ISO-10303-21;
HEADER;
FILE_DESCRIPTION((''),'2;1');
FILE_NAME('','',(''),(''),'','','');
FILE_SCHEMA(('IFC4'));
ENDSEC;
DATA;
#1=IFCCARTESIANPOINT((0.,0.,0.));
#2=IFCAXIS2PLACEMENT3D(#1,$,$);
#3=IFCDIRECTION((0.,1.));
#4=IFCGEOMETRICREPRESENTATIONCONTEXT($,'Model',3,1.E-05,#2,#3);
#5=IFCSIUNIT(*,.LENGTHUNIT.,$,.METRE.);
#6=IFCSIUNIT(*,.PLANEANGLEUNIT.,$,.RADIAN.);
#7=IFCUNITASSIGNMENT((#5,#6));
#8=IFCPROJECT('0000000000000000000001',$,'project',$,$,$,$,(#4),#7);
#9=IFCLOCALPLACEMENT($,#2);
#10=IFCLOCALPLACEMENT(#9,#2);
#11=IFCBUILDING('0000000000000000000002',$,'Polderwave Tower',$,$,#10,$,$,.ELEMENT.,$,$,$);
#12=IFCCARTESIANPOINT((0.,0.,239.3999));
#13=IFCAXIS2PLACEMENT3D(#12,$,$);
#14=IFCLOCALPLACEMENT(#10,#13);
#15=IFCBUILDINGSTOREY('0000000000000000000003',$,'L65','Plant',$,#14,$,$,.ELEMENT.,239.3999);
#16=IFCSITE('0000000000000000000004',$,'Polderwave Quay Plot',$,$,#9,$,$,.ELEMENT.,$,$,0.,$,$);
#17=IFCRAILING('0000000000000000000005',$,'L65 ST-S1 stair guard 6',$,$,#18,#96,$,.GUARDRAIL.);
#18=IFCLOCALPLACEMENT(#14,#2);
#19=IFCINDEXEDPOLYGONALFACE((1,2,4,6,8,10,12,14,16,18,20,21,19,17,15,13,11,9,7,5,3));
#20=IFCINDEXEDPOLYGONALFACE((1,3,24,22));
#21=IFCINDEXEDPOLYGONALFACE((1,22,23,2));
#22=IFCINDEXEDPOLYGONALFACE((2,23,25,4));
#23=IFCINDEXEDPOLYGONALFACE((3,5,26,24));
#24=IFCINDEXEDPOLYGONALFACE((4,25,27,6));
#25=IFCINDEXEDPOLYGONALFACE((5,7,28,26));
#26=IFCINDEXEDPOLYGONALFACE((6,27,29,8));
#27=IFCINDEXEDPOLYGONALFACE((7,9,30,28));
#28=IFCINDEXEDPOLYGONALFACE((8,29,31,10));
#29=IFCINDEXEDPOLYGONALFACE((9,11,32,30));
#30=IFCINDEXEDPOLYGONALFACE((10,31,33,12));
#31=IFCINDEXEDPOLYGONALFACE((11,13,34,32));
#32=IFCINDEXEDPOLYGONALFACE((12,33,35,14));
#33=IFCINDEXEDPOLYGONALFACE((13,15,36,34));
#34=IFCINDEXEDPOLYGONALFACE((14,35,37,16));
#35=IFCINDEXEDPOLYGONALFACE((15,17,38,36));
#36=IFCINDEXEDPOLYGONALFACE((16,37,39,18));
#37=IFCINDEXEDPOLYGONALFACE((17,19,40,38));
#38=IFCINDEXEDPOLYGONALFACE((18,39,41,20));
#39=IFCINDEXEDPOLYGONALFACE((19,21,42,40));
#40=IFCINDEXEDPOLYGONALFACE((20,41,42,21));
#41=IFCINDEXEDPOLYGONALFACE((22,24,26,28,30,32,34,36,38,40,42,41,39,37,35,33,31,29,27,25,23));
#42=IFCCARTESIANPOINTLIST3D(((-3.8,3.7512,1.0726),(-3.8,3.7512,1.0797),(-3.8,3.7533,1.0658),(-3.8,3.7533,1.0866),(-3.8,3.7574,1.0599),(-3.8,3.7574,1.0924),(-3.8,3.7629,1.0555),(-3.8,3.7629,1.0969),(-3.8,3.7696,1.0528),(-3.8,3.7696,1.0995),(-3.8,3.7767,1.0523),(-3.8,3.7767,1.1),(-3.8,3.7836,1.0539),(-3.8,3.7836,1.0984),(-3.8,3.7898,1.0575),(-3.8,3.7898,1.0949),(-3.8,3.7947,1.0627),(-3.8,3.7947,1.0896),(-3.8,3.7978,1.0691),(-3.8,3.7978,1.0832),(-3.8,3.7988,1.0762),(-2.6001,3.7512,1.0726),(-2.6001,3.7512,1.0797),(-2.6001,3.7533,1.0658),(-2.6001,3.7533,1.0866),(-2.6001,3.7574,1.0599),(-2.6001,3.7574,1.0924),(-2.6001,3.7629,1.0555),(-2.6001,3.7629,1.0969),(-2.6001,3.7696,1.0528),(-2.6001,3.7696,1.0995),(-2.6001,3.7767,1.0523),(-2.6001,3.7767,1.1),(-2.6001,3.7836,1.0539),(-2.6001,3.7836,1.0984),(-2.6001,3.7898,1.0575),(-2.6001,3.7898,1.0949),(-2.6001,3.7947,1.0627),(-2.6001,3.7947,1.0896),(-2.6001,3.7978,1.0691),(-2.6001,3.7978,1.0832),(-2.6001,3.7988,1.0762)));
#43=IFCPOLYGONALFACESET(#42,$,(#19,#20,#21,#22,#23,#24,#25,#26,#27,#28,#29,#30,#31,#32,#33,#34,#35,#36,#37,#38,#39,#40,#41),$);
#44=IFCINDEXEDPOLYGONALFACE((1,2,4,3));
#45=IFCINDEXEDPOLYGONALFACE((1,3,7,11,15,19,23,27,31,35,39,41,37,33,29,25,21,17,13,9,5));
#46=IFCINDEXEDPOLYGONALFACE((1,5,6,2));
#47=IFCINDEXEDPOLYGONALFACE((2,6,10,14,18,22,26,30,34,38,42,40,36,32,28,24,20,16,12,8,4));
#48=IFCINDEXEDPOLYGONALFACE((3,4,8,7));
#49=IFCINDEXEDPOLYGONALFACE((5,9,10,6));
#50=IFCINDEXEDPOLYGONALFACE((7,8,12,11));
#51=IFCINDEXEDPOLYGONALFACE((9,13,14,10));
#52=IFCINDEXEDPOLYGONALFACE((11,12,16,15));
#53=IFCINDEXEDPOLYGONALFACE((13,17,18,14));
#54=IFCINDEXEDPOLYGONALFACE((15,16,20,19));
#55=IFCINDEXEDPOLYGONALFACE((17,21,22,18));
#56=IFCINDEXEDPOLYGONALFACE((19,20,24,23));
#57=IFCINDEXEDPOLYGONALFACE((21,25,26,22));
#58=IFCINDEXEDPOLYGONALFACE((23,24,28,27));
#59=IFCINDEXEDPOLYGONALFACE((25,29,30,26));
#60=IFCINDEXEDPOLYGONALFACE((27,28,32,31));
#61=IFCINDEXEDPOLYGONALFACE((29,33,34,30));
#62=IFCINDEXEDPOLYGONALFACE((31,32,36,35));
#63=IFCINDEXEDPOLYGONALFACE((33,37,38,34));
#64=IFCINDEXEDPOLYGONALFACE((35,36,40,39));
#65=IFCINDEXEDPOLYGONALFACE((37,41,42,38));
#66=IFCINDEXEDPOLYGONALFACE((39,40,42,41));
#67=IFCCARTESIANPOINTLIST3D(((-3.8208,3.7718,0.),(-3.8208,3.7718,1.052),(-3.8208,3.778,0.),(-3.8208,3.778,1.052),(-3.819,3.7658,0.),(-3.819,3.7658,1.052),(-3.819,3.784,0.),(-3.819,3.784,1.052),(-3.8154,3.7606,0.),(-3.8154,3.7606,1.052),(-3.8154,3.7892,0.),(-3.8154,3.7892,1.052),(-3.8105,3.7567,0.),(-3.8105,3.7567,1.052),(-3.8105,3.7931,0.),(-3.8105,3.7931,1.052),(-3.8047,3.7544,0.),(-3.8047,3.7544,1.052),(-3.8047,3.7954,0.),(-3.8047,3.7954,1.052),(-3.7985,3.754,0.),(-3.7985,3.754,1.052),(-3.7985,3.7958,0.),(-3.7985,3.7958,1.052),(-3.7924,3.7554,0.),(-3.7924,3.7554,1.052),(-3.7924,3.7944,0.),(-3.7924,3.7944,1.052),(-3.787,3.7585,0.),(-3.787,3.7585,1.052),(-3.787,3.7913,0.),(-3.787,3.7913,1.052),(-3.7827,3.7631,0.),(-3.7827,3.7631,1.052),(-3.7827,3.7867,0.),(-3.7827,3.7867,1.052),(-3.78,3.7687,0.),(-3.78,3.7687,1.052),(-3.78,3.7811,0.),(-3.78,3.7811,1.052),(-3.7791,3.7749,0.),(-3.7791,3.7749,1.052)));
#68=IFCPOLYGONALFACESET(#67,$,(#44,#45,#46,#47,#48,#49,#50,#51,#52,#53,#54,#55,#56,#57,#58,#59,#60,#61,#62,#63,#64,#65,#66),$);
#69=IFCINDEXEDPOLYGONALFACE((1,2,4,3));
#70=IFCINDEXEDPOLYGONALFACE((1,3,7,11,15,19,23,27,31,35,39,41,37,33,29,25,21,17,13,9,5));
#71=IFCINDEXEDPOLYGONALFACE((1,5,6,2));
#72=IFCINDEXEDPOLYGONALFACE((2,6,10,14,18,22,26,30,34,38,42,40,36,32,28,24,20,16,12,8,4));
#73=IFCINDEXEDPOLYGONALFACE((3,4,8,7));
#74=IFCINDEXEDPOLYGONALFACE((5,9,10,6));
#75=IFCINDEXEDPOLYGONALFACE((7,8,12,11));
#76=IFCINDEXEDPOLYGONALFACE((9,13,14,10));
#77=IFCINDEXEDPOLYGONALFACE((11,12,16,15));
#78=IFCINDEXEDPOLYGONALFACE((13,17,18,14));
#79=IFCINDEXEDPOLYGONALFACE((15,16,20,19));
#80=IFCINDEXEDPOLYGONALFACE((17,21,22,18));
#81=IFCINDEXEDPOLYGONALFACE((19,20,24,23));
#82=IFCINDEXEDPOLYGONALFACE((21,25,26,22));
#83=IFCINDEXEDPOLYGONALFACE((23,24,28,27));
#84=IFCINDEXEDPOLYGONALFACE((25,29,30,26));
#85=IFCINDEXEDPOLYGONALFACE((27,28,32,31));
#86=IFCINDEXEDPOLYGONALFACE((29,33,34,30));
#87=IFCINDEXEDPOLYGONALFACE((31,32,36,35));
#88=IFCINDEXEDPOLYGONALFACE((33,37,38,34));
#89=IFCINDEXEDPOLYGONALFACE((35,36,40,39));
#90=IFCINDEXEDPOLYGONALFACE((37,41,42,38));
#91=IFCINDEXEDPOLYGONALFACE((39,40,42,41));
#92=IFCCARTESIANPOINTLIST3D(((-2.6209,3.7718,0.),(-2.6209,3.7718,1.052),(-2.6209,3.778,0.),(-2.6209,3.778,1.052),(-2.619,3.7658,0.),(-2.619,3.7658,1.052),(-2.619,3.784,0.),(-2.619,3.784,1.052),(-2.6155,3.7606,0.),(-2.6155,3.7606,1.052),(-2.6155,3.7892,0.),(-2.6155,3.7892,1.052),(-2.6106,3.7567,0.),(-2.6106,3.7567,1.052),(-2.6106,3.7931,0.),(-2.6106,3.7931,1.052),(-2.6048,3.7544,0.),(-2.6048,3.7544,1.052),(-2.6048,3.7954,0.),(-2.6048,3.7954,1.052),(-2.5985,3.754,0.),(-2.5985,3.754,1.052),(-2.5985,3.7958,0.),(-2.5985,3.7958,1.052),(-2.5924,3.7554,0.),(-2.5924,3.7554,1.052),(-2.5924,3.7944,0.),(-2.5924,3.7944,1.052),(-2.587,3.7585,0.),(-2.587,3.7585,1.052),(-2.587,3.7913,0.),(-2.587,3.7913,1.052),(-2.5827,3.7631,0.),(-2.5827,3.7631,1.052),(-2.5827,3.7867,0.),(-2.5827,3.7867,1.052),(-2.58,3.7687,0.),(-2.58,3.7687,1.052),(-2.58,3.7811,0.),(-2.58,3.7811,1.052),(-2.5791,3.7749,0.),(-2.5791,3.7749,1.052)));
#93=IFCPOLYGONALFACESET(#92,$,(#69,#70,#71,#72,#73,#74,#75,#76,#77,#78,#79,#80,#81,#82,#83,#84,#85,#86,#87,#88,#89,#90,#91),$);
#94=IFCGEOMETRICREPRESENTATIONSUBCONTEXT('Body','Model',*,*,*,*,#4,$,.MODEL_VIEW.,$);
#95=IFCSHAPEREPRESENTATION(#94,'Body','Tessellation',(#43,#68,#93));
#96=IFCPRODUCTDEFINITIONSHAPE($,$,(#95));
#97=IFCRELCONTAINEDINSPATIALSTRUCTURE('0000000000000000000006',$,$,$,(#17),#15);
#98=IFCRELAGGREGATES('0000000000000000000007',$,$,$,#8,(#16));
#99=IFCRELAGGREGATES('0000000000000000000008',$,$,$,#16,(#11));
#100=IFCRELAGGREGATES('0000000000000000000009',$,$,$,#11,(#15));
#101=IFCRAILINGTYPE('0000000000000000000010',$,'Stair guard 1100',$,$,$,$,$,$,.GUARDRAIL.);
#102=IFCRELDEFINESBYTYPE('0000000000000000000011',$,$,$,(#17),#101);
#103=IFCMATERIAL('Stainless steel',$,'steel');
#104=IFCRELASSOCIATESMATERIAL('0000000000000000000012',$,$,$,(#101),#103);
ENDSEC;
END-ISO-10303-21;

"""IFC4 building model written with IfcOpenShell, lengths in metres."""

from ifc_helpers import new_model, si_unit, direction, frame, origin, origin_2d, place, context, subcontext, project, spatial, circle, extrude, material, type_object, element, save


model = new_model("IFC4")

# Units and contexts
model_context = context("Model", 3, precision=1e-05, world=origin(), true_north=direction((0.0, 1.0)))
body_context = subcontext(model_context, "Body", "Model", "MODEL_VIEW")
ifc_project = project(units=[si_unit("LENGTHUNIT", "METRE"), si_unit("PLANEANGLEUNIT", "RADIAN")], contexts=[model_context])

# Site, building, storey
site_placement = place(None, origin())
site = spatial("IfcSite", under=ifc_project, at=site_placement, Name="Polderwave Quay Plot", CompositionType="ELEMENT", RefElevation=0.0)
building_placement = place(site_placement, origin())
building = spatial("IfcBuilding", under=site, at=building_placement, Name="Polderwave Tower", CompositionType="ELEMENT")
storey_placement = place(building_placement, frame((0.0, 0.0, 239.3999)))
storey = spatial("IfcBuildingStorey", under=building, at=storey_placement, Name="L65", Description="Plant", CompositionType="ELEMENT", Elevation=239.3999)

# Railing
ifc_material_1 = material(Name="Stainless steel", Category="steel")
railing_type_1 = type_object("IfcRailingType", Name="Stair guard 1100", PredefinedType="GUARDRAIL", material=ifc_material_1)
railing_1_placement = place(storey_placement, frame((-3.8, 3.7749, 0.0)))
element("IfcRailing", 1, at=railing_1_placement, inside=storey, type_object=railing_type_1, Name="L65 ST-S1 stair guard 6", PredefinedType="GUARDRAIL", context=body_context, shape_type="SweptSolid", body=[
    extrude(circle(Radius=0.0239, at=origin_2d()), frame((0.0, 0.0, 1.0762), z_axis=(1.0, 0.0, 0.0), x_axis=(0.0, 1.0, 0.0)), (0.0, 0.0, 1.0), 1.2),
    extrude(circle(Radius=0.021, at=origin_2d()), origin(), (0.0, 0.0, 1.0), 1.052),
    extrude(circle(Radius=0.021, at=origin_2d()), frame((1.2, 0.0, 0.0)), (0.0, 0.0, 1.0), 1.052),
])

save(model, "model.ifc")
